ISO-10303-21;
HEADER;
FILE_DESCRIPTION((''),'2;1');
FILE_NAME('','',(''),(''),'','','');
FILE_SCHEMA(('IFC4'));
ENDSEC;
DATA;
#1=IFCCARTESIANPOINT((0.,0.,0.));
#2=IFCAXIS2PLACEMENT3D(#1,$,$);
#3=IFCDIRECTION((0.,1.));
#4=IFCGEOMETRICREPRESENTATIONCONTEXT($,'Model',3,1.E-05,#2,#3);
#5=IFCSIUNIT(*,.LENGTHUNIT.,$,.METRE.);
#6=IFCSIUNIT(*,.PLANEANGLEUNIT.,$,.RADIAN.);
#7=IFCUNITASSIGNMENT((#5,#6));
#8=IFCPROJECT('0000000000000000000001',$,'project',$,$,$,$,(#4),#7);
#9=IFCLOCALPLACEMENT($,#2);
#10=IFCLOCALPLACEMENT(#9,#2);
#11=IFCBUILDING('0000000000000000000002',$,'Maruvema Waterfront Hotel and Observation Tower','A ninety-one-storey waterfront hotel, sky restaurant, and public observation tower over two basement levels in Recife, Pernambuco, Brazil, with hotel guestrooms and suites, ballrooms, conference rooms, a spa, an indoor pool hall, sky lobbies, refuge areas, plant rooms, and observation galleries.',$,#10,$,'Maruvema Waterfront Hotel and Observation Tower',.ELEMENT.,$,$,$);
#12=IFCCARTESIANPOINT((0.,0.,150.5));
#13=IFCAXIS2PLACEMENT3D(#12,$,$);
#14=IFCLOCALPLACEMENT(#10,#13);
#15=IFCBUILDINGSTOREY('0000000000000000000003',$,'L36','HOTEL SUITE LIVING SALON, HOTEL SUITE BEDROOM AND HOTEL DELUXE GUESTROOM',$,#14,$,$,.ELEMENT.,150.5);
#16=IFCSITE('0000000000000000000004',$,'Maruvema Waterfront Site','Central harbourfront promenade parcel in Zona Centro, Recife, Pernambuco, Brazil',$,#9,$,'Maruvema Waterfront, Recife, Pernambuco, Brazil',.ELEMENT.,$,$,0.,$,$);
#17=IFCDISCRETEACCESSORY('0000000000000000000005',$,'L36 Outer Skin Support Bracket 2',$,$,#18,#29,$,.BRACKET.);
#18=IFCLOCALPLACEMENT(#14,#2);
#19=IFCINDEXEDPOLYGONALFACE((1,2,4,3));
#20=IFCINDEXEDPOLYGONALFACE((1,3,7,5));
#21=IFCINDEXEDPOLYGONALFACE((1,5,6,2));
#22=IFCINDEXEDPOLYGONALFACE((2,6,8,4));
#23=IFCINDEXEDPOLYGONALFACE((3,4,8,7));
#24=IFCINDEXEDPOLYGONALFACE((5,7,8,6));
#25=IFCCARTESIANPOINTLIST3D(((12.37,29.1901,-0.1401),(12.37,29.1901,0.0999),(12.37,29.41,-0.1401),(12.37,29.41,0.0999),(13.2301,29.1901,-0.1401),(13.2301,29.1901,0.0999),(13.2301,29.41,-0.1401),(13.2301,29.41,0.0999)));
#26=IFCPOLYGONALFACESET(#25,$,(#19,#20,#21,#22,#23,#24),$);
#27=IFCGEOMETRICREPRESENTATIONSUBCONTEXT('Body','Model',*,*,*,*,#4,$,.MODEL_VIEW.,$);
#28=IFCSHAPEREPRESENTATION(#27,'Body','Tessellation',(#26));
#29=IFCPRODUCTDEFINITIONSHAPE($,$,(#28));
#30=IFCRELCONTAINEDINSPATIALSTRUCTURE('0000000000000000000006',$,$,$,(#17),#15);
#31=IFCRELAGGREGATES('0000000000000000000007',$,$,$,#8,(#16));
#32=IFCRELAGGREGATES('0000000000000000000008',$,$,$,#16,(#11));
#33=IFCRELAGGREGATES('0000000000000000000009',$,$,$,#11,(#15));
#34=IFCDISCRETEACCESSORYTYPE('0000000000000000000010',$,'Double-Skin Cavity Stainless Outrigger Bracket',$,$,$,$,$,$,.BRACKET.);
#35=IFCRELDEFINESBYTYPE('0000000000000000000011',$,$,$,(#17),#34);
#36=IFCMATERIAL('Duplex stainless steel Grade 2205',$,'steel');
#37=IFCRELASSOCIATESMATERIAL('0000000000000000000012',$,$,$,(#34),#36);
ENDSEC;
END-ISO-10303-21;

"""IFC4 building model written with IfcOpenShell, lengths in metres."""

from ifc_helpers import new_model, si_unit, direction, frame, origin, origin_2d, place, context, subcontext, project, spatial, rectangle, extrude, material, type_object, element, save


model = new_model("IFC4")

# Units and contexts
model_context = context("Model", 3, precision=1e-05, world=origin(), true_north=direction((0.0, 1.0)))
body_context = subcontext(model_context, "Body", "Model", "MODEL_VIEW")
ifc_project = project(units=[si_unit("LENGTHUNIT", "METRE"), si_unit("PLANEANGLEUNIT", "RADIAN")], contexts=[model_context])

# Site, building, storey
site_placement = place(None, origin())
site = spatial("IfcSite", under=ifc_project, at=site_placement, Name="Maruvema Waterfront Site", Description="Central harbourfront promenade parcel in Zona Centro, Recife, Pernambuco, Brazil", LongName="Maruvema Waterfront, Recife, Pernambuco, Brazil", CompositionType="ELEMENT", RefElevation=0.0)
building_placement = place(site_placement, origin())
building = spatial("IfcBuilding", under=site, at=building_placement, Name="Maruvema Waterfront Hotel and Observation Tower", Description="A ninety-one-storey waterfront hotel, sky restaurant, and public observation tower over two basement levels in Recife, Pernambuco, Brazil, with hotel guestrooms and suites, ballrooms, conference rooms, a spa, an indoor pool hall, sky lobbies, refuge areas, plant rooms, and observation galleries.", LongName="Maruvema Waterfront Hotel and Observation Tower", CompositionType="ELEMENT")
storey_placement = place(building_placement, frame((0.0, 0.0, 150.5)))
storey = spatial("IfcBuildingStorey", under=building, at=storey_placement, Name="L36", Description="HOTEL SUITE LIVING SALON, HOTEL SUITE BEDROOM AND HOTEL DELUXE GUESTROOM", CompositionType="ELEMENT", Elevation=150.5)

# Discrete accessory
ifc_material_1 = material(Name="Duplex stainless steel Grade 2205", Category="steel")
discrete_accessory_type = type_object("IfcDiscreteAccessoryType", Name="Double-Skin Cavity Stainless Outrigger Bracket", PredefinedType="BRACKET", material=ifc_material_1)
discrete_accessory_placement = place(storey_placement, frame((12.8, 29.3, -0.1401), z_axis=(0.0, 0.0, 1.0), x_axis=(0.0, -1.0, 0.0)))
element("IfcDiscreteAccessory", 1, at=discrete_accessory_placement, inside=storey, type_object=discrete_accessory_type, Name="L36 Outer Skin Support Bracket 2", PredefinedType="BRACKET", context=body_context, shape_type="SweptSolid", body=[
    extrude(rectangle(XDim=0.22, YDim=0.8601, at=origin_2d()), origin(), (0.0, 0.0, 1.0), 0.24),
])

save(model, "model.ifc")
